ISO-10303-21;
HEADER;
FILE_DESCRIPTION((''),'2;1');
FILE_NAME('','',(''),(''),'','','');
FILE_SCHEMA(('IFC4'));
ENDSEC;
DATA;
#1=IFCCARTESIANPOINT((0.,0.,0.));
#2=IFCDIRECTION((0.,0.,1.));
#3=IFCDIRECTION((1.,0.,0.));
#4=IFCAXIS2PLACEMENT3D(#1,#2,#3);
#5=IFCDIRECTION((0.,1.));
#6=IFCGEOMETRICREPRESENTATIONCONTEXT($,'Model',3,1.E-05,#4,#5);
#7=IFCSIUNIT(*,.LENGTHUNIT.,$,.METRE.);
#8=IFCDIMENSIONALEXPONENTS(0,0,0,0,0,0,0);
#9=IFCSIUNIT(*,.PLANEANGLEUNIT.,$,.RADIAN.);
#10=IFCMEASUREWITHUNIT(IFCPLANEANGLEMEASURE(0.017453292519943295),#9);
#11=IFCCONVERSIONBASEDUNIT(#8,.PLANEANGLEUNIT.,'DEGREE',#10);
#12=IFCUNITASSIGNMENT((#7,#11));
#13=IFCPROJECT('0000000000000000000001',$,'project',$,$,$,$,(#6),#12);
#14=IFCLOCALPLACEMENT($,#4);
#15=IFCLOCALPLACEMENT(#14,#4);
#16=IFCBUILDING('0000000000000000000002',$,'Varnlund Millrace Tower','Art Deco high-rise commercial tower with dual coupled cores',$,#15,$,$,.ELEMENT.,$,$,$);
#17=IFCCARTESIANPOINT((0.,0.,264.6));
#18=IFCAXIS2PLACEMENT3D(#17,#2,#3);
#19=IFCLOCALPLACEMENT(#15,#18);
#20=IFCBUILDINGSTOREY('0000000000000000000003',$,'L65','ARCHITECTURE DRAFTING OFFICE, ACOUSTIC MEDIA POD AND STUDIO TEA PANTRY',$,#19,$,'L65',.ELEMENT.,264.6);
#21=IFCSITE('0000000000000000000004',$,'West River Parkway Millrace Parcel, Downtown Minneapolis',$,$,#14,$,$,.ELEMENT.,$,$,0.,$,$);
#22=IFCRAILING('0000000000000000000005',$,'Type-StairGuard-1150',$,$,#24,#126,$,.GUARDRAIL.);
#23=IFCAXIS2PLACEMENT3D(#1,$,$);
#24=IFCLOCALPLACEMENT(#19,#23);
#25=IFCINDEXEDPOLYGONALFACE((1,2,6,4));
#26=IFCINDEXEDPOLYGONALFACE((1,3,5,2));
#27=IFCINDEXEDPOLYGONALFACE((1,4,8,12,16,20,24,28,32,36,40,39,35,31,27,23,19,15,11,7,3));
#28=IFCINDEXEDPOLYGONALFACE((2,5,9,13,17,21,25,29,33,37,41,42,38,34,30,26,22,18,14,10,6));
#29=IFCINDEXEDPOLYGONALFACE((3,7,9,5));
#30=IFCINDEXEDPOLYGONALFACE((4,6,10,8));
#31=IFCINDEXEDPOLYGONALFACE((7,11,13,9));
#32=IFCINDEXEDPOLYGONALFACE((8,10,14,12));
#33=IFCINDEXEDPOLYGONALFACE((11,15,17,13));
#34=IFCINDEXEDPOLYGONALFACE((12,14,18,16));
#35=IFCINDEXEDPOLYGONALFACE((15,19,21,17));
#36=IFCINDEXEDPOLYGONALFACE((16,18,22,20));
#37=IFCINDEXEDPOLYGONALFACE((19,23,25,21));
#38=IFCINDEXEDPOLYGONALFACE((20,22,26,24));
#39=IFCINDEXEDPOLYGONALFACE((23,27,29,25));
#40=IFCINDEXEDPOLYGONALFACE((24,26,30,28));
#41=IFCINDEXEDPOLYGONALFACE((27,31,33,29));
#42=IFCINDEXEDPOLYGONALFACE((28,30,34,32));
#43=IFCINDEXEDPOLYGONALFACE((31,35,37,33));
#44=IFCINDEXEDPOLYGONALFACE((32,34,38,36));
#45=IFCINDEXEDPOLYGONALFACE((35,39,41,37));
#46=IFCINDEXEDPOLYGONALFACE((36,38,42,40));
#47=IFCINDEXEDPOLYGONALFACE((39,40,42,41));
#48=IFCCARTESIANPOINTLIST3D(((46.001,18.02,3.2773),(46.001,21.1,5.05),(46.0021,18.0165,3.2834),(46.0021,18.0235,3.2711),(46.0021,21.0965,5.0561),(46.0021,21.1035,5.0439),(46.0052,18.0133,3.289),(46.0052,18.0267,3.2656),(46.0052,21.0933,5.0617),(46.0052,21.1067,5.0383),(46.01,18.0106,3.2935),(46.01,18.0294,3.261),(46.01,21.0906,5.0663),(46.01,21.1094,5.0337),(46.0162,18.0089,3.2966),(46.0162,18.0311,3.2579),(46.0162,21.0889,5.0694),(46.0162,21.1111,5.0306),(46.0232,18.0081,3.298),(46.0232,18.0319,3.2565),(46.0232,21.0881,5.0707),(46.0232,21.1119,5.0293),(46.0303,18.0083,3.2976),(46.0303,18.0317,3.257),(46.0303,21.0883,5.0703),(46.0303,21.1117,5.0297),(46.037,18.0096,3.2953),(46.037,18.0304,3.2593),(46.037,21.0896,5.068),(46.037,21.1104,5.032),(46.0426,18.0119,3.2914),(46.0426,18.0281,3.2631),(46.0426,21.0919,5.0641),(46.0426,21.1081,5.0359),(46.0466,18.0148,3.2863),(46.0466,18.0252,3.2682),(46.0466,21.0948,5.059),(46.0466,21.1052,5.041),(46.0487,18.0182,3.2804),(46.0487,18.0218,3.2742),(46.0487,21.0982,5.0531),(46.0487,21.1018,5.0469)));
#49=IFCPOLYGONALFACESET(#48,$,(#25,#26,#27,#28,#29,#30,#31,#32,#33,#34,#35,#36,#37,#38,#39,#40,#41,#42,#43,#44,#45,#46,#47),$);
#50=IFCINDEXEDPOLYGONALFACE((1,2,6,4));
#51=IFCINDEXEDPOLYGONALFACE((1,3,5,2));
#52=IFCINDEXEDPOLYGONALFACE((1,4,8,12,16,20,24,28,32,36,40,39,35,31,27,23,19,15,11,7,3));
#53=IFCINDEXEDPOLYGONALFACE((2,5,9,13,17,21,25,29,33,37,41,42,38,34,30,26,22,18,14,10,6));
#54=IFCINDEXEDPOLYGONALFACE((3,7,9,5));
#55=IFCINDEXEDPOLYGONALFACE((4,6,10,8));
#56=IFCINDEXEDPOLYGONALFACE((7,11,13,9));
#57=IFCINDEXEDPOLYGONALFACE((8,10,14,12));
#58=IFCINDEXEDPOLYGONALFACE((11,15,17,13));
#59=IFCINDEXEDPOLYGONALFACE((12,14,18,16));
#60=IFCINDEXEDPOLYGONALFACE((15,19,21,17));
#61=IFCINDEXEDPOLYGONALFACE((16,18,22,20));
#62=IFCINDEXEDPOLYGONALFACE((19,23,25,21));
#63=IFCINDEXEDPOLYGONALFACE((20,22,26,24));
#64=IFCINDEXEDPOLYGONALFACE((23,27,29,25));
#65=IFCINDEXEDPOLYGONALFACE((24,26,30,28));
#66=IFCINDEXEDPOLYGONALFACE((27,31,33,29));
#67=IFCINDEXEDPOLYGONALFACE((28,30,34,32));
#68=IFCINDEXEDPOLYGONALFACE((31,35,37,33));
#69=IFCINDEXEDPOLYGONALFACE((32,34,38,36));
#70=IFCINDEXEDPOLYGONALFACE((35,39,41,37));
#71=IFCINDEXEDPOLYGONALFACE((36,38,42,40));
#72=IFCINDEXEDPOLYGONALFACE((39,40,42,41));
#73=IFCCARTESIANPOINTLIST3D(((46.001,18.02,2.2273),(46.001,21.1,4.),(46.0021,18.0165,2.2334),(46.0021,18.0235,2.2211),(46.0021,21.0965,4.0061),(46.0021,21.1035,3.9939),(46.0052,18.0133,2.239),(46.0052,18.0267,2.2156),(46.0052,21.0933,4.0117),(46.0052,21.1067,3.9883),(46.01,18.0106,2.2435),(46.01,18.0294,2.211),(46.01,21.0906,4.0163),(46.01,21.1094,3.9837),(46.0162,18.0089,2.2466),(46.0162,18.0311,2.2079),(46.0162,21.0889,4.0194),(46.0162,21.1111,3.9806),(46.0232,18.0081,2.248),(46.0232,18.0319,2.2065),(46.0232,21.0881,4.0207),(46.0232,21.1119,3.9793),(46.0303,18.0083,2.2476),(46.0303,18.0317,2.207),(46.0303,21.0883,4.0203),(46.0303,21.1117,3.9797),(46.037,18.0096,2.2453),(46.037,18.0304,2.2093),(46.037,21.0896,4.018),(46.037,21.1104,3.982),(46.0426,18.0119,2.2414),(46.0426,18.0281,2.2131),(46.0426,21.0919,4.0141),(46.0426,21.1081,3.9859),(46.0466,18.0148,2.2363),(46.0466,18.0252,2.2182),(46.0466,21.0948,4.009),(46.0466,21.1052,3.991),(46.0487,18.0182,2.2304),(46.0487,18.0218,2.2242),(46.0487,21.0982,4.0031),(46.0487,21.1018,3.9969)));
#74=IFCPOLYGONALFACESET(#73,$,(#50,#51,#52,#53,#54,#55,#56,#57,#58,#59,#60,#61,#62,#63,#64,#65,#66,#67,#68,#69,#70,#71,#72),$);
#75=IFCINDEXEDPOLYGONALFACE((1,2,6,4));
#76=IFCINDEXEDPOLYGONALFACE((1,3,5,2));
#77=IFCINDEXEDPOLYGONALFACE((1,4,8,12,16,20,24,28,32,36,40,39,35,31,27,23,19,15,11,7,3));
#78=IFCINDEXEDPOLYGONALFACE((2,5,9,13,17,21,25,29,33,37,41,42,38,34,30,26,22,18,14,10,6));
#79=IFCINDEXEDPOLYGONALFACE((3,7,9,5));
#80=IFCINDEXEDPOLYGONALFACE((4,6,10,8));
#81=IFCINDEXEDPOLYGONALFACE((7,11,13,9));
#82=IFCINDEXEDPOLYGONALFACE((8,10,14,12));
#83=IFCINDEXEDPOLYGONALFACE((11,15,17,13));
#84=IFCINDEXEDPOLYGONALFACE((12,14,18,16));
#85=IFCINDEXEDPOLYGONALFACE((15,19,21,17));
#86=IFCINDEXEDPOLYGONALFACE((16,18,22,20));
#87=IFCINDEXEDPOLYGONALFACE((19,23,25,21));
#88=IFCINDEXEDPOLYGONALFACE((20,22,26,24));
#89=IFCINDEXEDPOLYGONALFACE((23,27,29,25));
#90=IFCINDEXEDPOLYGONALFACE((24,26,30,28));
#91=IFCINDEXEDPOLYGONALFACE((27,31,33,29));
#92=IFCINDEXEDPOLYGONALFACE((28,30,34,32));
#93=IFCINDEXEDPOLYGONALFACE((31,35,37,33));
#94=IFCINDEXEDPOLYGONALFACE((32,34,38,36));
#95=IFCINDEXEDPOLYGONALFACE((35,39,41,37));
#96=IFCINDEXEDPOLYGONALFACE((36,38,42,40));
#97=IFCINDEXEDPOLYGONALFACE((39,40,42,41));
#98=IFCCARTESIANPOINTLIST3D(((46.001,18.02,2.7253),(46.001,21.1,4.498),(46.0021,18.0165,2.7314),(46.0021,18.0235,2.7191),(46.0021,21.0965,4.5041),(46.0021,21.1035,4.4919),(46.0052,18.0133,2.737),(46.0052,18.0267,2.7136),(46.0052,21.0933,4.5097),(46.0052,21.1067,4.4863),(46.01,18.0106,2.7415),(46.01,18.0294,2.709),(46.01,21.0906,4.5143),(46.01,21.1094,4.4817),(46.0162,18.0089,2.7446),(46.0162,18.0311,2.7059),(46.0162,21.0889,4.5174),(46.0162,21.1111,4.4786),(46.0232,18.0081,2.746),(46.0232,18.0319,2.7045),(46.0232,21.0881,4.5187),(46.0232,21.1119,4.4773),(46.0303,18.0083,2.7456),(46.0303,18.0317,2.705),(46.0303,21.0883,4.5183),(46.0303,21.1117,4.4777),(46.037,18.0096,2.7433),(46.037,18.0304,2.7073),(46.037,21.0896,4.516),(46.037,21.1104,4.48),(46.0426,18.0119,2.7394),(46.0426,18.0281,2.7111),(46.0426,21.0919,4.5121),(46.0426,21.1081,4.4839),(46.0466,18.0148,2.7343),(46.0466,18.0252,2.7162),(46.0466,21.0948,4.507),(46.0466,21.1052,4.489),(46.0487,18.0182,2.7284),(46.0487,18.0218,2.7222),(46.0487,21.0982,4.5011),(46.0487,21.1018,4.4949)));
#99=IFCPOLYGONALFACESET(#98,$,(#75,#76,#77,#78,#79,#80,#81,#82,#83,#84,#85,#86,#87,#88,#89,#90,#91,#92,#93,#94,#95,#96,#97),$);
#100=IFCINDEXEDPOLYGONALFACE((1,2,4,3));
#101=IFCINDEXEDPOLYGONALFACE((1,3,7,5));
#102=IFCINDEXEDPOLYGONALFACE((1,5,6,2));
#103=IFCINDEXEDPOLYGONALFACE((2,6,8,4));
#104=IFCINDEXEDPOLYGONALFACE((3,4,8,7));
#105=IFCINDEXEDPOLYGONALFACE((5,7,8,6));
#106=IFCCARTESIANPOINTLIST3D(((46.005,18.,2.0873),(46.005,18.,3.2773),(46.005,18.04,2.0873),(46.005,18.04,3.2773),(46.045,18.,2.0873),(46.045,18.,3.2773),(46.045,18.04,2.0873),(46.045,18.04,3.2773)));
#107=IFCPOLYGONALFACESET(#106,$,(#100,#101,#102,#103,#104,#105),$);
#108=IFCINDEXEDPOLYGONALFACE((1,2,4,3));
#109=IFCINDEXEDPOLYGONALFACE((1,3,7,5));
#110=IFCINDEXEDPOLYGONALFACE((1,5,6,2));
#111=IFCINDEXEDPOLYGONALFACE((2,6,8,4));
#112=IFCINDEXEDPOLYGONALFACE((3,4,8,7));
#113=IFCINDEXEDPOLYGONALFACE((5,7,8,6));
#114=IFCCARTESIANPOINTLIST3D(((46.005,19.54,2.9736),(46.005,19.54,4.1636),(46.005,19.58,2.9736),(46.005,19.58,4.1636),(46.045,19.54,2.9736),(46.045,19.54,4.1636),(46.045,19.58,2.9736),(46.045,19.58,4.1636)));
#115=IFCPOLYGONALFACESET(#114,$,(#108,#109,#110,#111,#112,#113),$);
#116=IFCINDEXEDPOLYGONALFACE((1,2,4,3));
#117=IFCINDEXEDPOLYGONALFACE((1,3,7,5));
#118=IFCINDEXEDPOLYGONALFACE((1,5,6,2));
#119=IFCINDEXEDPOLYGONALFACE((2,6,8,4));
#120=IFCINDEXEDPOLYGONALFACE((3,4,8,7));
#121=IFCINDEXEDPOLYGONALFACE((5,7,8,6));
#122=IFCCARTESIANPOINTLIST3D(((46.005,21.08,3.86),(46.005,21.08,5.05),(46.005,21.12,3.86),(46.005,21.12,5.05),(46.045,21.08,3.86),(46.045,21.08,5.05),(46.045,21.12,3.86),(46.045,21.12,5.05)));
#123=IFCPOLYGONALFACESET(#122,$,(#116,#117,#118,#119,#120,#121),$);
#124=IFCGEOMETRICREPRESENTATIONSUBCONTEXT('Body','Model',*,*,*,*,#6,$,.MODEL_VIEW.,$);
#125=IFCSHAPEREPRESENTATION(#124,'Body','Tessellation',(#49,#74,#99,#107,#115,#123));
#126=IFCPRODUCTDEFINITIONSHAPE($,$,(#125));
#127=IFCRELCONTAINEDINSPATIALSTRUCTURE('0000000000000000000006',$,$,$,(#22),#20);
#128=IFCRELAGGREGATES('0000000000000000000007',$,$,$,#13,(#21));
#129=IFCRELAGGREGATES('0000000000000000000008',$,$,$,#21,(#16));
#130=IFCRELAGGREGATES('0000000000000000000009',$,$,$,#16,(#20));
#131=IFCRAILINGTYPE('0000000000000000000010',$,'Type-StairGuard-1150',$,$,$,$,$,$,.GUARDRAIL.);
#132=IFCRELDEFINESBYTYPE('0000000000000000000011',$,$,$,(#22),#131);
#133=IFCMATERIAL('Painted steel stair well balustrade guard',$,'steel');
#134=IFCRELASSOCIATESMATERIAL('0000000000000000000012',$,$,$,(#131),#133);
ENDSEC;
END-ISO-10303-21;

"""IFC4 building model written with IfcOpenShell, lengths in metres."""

from ifc_helpers import new_model, entity, si_unit, converted_unit, direction, frame, origin_with_axes, origin_2d_with_axis, place, context, subcontext, project, spatial, rectangle, circle, extrude, material, type_object, element, save


model = new_model("IFC4")

# Units and contexts
model_context = context("Model", 3, precision=1e-05, world=origin_with_axes(), true_north=direction((0.0, 1.0)))
body_context = subcontext(model_context, "Body", "Model", "MODEL_VIEW")
ifc_project = project(units=[si_unit("LENGTHUNIT", "METRE"), converted_unit("PLANEANGLEUNIT", "DEGREE", entity("IfcPlaneAngleMeasure", 0.017453292519943295), si_unit("PLANEANGLEUNIT", "RADIAN"), dimensions=[0, 0, 0, 0, 0, 0, 0])], contexts=[model_context])

# Site, building, storey
site_placement = place(None, origin_with_axes())
site = spatial("IfcSite", under=ifc_project, at=site_placement, Name="West River Parkway Millrace Parcel, Downtown Minneapolis", CompositionType="ELEMENT", RefElevation=0.0)
building_placement = place(site_placement, origin_with_axes())
building = spatial("IfcBuilding", under=site, at=building_placement, Name="Varnlund Millrace Tower", Description="Art Deco high-rise commercial tower with dual coupled cores", CompositionType="ELEMENT")
storey_placement = place(building_placement, frame((0.0, 0.0, 264.6), z_axis=(0.0, 0.0, 1.0), x_axis=(1.0, 0.0, 0.0)))
storey = spatial("IfcBuildingStorey", under=building, at=storey_placement, Name="L65", Description="ARCHITECTURE DRAFTING OFFICE, ACOUSTIC MEDIA POD AND STUDIO TEA PANTRY", LongName="L65", CompositionType="ELEMENT", Elevation=264.6)

# Railing
ifc_material_1 = material(Name="Painted steel stair well balustrade guard", Category="steel")
railing_type_1 = type_object("IfcRailingType", Name="Type-StairGuard-1150", PredefinedType="GUARDRAIL", material=ifc_material_1)
railing_1_placement = place(storey_placement, frame((0.0, 0.0, -264.6), z_axis=(0.0, 0.0, 1.0), x_axis=(1.0, 0.0, 0.0)))
element("IfcRailing", 1, at=railing_1_placement, inside=storey, type_object=railing_type_1, Name="Type-StairGuard-1150", PredefinedType="GUARDRAIL", context=body_context, shape_type="SweptSolid", body=[
    extrude(circle(Radius=0.024, at=origin_2d_with_axis()), frame((46.025, 18.02, 267.8773), z_axis=(0.0, 0.866696, 0.498836), x_axis=(-1.0, 0.0, 0.0)), (0.0, 0.0, 1.0), 3.5537),
    extrude(circle(Radius=0.024, at=origin_2d_with_axis()), frame((46.025, 18.02, 266.8273), z_axis=(0.0, 0.866696, 0.498836), x_axis=(-1.0, 0.0, 0.0)), (0.0, 0.0, 1.0), 3.5537),
    extrude(circle(Radius=0.024, at=origin_2d_with_axis()), frame((46.025, 18.02, 267.3253), z_axis=(0.0, 0.866696, 0.498836), x_axis=(-1.0, 0.0, 0.0)), (0.0, 0.0, 1.0), 3.5537),
    extrude(rectangle(XDim=0.04, YDim=0.04, at=origin_2d_with_axis()), frame((46.025, 18.02, 266.6873), z_axis=(0.0, 0.0, 1.0), x_axis=(1.0, 0.0, 0.0)), (0.0, 0.0, 1.0), 1.19),
    extrude(rectangle(XDim=0.04, YDim=0.04, at=origin_2d_with_axis()), frame((46.025, 19.56, 267.5736), z_axis=(0.0, 0.0, 1.0), x_axis=(1.0, 0.0, 0.0)), (0.0, 0.0, 1.0), 1.19),
    extrude(rectangle(XDim=0.04, YDim=0.04, at=origin_2d_with_axis()), frame((46.025, 21.1, 268.46), z_axis=(0.0, 0.0, 1.0), x_axis=(1.0, 0.0, 0.0)), (0.0, 0.0, 1.0), 1.19),
])

save(model, "model.ifc")
